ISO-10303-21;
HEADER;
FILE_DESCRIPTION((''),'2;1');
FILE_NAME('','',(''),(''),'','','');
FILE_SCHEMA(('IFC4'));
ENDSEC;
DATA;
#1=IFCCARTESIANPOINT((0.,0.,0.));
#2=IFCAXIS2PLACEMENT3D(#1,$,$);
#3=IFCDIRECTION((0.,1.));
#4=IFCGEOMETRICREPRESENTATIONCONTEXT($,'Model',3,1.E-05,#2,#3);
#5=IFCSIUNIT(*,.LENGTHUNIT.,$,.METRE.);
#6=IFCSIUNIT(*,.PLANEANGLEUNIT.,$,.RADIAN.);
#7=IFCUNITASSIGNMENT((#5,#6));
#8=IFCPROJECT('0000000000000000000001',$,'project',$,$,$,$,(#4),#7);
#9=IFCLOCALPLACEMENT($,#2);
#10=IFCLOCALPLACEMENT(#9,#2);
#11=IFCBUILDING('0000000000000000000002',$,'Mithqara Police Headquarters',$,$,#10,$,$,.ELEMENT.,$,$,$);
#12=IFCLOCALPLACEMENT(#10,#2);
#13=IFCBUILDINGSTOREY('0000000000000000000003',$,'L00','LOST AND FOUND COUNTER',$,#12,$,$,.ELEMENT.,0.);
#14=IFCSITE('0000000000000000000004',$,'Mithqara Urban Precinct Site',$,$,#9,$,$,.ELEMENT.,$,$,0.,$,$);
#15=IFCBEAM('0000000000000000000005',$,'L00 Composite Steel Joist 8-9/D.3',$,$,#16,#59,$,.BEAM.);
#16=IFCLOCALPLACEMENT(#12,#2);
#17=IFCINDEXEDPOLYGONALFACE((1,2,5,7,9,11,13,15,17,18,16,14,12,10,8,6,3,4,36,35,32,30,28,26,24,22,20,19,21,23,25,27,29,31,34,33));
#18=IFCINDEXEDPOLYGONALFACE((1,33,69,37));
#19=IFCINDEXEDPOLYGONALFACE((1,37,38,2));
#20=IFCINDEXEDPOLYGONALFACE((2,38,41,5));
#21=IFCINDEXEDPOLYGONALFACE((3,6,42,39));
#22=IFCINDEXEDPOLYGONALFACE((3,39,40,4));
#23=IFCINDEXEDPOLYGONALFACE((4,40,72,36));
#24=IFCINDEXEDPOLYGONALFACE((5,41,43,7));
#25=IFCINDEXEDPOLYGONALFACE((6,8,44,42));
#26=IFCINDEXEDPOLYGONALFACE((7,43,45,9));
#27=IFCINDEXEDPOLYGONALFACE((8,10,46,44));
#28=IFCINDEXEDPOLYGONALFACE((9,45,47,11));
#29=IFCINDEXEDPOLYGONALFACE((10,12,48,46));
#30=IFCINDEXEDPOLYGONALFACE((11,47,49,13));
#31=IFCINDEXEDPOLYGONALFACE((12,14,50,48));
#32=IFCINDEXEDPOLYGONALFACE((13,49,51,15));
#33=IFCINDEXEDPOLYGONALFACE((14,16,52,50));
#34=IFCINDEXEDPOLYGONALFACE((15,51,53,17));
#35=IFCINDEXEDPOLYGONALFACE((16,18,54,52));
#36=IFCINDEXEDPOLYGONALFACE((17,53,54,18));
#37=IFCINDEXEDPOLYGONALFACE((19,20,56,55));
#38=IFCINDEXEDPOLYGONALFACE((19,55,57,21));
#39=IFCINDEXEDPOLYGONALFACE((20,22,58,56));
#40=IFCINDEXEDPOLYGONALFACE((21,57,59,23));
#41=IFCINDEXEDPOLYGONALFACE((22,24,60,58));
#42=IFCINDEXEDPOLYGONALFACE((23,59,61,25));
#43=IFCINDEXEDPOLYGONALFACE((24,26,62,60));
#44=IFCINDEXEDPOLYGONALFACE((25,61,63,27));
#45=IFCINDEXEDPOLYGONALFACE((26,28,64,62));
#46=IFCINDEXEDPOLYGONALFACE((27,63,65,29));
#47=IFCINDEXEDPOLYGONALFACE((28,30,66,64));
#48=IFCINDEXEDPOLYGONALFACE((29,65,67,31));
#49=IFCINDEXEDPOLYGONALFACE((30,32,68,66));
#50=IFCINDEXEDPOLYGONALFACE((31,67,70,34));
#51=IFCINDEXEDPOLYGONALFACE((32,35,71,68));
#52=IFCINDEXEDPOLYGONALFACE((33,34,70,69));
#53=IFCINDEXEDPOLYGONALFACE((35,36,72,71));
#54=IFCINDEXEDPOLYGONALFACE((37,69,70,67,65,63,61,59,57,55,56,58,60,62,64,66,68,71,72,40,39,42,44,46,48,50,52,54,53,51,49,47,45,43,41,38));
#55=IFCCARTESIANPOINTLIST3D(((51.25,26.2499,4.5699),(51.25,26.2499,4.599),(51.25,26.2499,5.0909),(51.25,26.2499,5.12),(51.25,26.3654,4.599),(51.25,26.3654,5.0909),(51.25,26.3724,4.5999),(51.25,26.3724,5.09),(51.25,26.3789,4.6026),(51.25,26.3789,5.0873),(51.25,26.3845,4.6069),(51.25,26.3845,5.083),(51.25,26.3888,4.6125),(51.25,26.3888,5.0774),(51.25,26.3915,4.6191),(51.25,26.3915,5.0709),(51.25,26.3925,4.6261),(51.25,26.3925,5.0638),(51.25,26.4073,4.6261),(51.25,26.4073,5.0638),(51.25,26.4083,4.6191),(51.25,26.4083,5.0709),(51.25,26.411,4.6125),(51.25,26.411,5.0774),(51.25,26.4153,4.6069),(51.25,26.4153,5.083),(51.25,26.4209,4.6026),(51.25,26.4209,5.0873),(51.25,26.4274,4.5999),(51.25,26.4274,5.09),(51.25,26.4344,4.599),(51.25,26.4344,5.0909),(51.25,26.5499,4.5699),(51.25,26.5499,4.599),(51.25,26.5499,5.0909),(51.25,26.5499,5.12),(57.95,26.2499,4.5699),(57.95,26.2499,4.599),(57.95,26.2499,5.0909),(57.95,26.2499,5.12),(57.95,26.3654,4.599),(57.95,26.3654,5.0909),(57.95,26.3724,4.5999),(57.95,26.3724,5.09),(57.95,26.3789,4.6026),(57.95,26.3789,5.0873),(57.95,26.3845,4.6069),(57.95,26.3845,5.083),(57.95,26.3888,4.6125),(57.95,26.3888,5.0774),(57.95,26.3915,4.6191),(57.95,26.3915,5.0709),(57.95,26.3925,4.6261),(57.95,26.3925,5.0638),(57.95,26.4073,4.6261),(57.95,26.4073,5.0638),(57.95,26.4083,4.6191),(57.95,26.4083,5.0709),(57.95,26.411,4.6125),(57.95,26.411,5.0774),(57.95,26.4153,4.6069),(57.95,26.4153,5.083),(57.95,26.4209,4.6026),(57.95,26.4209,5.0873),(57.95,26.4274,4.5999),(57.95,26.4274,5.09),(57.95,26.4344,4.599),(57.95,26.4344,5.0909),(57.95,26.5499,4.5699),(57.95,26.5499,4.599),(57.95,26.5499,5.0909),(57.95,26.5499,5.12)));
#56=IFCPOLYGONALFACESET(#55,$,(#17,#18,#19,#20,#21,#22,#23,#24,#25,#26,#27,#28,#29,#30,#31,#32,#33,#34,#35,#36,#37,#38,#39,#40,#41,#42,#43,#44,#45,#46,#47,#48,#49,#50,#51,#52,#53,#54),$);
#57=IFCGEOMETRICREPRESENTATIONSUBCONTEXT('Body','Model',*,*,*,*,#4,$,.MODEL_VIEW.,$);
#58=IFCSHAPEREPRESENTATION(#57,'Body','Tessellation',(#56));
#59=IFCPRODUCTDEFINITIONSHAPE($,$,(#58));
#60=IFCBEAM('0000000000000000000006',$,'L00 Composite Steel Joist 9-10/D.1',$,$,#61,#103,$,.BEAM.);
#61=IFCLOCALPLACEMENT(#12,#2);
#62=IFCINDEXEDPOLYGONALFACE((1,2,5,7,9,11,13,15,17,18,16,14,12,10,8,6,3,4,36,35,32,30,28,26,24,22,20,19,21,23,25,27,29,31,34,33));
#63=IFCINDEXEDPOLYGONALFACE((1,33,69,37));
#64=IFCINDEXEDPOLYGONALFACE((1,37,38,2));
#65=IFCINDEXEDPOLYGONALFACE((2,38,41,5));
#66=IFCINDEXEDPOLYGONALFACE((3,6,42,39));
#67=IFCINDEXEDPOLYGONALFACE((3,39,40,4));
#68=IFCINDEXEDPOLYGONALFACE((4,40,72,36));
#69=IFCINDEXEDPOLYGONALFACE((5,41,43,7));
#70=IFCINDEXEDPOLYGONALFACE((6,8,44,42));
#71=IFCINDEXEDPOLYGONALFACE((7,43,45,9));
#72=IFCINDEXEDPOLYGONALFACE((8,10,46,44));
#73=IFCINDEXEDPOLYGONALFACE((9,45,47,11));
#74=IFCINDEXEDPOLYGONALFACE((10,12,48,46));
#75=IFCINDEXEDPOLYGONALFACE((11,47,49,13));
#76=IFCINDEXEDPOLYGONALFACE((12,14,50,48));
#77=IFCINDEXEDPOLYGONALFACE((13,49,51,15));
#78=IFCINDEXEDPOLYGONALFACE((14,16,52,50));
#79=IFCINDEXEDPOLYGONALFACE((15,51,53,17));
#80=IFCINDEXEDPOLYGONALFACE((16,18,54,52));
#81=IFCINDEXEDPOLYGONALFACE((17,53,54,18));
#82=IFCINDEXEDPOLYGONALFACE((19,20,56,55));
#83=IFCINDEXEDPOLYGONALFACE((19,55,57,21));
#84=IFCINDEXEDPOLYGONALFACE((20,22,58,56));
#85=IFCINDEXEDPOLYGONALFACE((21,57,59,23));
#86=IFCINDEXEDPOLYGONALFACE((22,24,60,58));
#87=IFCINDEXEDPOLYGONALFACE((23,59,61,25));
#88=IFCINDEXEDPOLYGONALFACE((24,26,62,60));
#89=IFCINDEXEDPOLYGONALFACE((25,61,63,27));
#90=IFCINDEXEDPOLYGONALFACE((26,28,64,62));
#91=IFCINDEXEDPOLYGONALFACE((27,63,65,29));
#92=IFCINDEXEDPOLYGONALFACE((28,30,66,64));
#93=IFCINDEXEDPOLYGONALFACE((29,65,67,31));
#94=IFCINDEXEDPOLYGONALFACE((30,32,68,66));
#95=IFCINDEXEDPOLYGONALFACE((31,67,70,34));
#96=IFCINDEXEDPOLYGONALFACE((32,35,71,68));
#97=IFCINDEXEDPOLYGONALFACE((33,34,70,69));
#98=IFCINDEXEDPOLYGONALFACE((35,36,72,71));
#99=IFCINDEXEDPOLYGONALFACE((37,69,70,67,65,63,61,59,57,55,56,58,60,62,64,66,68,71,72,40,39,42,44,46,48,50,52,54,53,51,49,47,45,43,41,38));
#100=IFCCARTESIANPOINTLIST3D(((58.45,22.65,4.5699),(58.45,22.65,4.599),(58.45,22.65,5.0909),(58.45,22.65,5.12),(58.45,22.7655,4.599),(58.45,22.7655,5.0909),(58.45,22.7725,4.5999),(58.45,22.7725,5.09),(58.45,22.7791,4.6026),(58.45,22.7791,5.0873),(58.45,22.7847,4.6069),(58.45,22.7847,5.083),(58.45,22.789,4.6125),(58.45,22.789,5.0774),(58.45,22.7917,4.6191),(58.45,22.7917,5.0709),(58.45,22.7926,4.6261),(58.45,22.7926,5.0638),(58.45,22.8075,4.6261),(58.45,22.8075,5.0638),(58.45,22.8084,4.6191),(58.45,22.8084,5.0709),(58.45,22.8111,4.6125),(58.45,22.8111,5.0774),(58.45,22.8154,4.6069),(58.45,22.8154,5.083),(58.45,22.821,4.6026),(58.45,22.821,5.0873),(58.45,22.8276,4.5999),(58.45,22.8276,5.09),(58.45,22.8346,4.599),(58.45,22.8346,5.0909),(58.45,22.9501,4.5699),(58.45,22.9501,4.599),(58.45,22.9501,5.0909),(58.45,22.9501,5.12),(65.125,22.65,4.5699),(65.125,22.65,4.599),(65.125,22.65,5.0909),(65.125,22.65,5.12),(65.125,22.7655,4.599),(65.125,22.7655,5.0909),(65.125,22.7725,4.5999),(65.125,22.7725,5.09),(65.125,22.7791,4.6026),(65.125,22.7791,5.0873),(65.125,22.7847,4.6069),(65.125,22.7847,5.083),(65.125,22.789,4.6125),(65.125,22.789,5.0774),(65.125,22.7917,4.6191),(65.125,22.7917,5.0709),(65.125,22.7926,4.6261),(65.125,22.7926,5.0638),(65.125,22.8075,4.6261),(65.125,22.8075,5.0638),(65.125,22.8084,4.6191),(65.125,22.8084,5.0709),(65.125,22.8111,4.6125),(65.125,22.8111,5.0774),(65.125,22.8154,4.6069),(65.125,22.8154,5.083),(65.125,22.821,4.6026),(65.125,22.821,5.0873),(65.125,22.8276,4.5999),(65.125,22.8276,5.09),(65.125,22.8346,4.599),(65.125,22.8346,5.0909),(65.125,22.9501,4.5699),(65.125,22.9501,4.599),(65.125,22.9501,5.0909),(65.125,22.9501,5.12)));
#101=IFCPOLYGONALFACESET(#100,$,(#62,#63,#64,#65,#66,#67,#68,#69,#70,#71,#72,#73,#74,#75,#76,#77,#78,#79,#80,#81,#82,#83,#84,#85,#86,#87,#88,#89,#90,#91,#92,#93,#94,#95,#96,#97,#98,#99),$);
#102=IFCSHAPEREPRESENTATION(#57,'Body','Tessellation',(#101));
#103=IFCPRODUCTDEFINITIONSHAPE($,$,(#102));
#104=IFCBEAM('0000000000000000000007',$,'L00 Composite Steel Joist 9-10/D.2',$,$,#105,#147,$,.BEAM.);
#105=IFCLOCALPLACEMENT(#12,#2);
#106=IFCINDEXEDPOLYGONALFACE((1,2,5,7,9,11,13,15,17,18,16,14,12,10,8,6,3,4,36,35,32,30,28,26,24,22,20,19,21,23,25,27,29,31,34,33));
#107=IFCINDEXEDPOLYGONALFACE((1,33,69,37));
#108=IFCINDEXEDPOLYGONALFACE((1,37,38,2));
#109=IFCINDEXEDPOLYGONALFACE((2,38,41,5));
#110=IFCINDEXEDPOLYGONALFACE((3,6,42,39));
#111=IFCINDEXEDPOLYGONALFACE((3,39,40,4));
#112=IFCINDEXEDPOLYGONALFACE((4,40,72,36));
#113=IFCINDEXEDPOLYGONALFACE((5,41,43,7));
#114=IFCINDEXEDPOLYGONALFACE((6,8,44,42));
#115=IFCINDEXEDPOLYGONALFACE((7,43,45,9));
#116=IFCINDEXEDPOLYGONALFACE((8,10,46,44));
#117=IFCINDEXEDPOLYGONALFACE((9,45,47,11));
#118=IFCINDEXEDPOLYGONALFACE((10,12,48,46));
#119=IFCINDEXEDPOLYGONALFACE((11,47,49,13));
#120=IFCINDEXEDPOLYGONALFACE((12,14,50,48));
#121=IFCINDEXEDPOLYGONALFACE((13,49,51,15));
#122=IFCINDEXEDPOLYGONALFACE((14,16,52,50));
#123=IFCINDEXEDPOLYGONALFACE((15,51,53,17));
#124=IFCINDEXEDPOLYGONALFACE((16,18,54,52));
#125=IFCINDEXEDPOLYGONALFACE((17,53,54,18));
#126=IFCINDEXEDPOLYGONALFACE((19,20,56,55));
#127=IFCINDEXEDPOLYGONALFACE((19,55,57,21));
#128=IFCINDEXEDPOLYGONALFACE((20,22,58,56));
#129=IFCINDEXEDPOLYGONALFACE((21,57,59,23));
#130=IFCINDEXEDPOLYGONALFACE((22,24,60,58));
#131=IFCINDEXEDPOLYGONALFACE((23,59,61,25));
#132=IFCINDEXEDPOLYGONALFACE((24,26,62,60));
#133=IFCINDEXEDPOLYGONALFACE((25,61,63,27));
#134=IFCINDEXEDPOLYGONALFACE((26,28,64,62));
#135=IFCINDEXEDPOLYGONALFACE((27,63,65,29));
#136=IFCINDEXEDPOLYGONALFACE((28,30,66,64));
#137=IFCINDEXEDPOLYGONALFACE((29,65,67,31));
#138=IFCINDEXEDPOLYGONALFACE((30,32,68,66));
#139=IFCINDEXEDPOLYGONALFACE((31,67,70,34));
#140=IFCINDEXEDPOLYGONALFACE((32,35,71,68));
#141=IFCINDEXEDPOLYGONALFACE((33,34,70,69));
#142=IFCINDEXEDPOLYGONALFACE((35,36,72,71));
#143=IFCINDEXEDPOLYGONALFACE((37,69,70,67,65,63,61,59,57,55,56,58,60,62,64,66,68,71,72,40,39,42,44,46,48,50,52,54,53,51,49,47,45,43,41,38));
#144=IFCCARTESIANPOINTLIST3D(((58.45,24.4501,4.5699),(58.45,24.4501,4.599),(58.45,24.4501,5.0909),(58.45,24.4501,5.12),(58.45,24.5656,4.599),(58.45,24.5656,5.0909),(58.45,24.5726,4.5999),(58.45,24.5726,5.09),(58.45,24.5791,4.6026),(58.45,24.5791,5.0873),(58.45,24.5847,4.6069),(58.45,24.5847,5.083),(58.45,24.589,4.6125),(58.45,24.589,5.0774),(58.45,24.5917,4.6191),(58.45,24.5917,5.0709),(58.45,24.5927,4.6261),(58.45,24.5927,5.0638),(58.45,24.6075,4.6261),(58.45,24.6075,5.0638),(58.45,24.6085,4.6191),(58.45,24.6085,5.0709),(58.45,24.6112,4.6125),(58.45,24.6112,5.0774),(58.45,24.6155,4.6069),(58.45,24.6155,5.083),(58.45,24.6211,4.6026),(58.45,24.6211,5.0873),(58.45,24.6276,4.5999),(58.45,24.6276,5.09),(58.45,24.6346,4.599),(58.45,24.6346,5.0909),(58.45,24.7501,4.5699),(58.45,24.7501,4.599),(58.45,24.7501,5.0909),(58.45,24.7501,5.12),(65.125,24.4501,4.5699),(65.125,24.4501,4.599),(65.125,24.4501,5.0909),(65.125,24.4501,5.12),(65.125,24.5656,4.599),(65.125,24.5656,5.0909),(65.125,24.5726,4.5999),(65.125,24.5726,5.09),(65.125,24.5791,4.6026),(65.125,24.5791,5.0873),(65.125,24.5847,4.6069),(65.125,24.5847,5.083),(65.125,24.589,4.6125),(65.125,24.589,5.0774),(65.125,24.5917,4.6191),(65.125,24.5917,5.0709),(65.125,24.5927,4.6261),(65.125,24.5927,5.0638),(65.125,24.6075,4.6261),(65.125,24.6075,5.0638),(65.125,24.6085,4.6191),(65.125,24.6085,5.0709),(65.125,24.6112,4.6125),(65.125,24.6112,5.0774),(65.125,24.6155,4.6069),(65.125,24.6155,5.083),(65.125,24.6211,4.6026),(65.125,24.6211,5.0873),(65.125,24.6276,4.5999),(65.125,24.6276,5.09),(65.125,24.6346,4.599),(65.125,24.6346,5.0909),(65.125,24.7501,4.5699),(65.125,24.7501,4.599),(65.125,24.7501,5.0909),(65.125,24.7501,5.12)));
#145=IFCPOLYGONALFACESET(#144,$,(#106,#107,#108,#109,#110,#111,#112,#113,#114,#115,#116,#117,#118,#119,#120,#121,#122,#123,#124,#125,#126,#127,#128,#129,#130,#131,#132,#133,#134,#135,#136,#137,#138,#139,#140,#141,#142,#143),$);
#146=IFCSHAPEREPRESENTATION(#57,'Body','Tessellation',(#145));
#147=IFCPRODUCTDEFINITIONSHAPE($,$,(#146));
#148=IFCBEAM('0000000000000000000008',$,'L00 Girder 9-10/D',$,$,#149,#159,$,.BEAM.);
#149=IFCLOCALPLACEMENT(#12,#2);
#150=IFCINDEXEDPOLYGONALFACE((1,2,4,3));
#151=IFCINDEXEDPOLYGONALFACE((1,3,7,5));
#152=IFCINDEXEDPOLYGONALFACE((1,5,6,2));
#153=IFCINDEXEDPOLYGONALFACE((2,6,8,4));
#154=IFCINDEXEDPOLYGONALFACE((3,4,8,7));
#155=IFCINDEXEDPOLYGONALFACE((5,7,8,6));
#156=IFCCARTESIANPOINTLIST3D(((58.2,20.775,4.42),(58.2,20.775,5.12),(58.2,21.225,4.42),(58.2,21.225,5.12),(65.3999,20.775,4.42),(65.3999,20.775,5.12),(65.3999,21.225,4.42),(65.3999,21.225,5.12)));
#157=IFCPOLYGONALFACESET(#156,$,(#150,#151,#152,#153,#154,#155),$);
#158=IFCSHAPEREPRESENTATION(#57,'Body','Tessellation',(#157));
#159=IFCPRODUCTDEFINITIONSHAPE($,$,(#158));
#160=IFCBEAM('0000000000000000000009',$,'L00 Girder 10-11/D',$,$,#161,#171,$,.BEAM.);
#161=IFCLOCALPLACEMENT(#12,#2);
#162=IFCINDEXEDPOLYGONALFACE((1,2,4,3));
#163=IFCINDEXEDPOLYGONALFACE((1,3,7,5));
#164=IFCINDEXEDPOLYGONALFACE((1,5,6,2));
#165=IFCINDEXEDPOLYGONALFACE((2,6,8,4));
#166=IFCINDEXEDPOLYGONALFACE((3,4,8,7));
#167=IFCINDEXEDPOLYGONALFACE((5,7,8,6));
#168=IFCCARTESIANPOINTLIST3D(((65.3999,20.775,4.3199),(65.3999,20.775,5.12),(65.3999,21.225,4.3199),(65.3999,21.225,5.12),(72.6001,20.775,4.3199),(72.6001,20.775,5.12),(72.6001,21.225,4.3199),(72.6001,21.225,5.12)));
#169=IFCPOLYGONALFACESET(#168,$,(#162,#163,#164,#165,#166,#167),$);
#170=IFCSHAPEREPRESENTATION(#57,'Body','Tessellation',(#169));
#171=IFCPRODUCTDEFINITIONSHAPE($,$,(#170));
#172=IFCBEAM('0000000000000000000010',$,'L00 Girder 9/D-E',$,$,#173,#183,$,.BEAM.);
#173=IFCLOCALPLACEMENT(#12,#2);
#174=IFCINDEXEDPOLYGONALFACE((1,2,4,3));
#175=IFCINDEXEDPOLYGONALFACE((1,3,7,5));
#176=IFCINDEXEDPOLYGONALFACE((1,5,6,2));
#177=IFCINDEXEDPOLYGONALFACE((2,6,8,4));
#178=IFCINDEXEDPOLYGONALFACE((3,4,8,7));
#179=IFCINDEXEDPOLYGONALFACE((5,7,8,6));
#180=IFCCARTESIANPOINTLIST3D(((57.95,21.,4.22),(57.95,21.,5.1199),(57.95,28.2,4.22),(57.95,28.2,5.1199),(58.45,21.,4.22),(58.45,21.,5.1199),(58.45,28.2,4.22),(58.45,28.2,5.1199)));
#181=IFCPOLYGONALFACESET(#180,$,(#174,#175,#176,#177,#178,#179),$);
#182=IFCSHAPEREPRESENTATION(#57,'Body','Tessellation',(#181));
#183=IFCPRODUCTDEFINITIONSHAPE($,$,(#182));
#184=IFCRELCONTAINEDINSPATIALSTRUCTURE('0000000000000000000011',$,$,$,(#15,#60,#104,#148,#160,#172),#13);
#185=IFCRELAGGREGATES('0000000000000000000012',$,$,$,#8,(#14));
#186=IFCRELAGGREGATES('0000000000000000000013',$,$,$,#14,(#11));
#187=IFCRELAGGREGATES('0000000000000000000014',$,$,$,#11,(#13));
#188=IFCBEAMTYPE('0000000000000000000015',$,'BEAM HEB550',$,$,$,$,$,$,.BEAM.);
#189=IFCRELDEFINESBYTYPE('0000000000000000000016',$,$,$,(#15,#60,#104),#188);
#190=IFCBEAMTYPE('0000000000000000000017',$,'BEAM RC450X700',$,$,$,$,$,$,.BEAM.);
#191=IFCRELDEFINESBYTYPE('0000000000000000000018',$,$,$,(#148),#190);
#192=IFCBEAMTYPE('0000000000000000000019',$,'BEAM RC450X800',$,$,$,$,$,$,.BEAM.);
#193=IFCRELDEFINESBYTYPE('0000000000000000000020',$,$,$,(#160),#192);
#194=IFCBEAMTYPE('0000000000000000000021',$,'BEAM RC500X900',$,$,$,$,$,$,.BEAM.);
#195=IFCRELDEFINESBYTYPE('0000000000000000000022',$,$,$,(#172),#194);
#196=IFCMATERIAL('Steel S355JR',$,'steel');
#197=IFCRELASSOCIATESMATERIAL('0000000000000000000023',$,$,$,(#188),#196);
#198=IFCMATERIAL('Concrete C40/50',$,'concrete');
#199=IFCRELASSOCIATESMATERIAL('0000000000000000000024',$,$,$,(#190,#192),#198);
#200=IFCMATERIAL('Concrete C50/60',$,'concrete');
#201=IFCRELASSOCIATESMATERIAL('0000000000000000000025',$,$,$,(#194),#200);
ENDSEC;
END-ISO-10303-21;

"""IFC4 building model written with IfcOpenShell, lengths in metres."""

from ifc_helpers import new_model, si_unit, direction, frame, origin, origin_2d, place, context, subcontext, project, spatial, rectangle, i_section, extrude, material, material_profile, profile_set, type_object, element, save


model = new_model("IFC4")

# Units and contexts
model_context = context("Model", 3, precision=1e-05, world=origin(), true_north=direction((0.0, 1.0)))
body_context = subcontext(model_context, "Body", "Model", "MODEL_VIEW")
ifc_project = project(units=[si_unit("LENGTHUNIT", "METRE"), si_unit("PLANEANGLEUNIT", "RADIAN")], contexts=[model_context])

# Site, building, storey
site_placement = place(None, origin())
site = spatial("IfcSite", under=ifc_project, at=site_placement, Name="Mithqara Urban Precinct Site", CompositionType="ELEMENT", RefElevation=0.0)
building_placement = place(site_placement, origin())
building = spatial("IfcBuilding", under=site, at=building_placement, Name="Mithqara Police Headquarters", CompositionType="ELEMENT")
storey_placement = place(building_placement, origin())
storey = spatial("IfcBuildingStorey", under=building, at=storey_placement, Name="L00", Description="LOST AND FOUND COUNTER", CompositionType="ELEMENT", Elevation=0.0)

# Shared definitions
ifc_material_1 = material(Name="Concrete C40/50", Category="concrete")

# Shared definitions
ifc_material_2 = material(Name="Concrete C50/60", Category="concrete")

# Beams
ifc_material_3 = material(Name="Steel S355JR", Category="steel")
ifc_material_profile_1 = material_profile(ifc_material_3, i_section(OverallWidth=0.3, OverallDepth=0.55, WebThickness=0.0149, FlangeThickness=0.0291, FilletRadius=0.0271, at=origin_2d()), Name="HEB 550")
ifc_profile_set_1 = profile_set([ifc_material_profile_1], Name="Steel S355JR")
beam_type_1 = type_object("IfcBeamType", Name="BEAM HEB550", PredefinedType="BEAM", material=ifc_profile_set_1)
for number, where, z_axis, x_axis, name in (
    (1, (51.25, 26.3999, 4.845), (1.0, 0.0, 0.0), (0.0, 1.0, 0.0), "L00 Composite Steel Joist 8-9/D.3"),
):
    element("IfcBeam", number, at=place(storey_placement, frame(where, z_axis=z_axis, x_axis=x_axis)), inside=storey, type_object=beam_type_1, Name=name, PredefinedType="BEAM", context=body_context, shape_type="SweptSolid", body=[
        extrude(i_section(OverallWidth=0.3, OverallDepth=0.55, WebThickness=0.0149, FlangeThickness=0.0291, FilletRadius=0.0271, at=origin_2d()), origin(), (0.0, 0.0, 1.0), 6.7),
    ])
for number, where, z_axis, x_axis, name in (
    (2, (58.45, 22.8, 4.845), (1.0, 0.0, 0.0), (0.0, 1.0, 0.0), "L00 Composite Steel Joist 9-10/D.1"),
    (3, (58.45, 24.6001, 4.845), (1.0, 0.0, 0.0), (0.0, 1.0, 0.0), "L00 Composite Steel Joist 9-10/D.2"),
):
    element("IfcBeam", number, at=place(storey_placement, frame(where, z_axis=z_axis, x_axis=x_axis)), inside=storey, type_object=beam_type_1, Name=name, PredefinedType="BEAM", context=body_context, shape_type="SweptSolid", body=[
        extrude(i_section(OverallWidth=0.3, OverallDepth=0.55, WebThickness=0.0149, FlangeThickness=0.0291, FilletRadius=0.0271, at=origin_2d()), origin(), (0.0, 0.0, 1.0), 6.675),
    ])
ifc_material_profile_2 = material_profile(ifc_material_1, rectangle(XDim=0.45, YDim=0.7, at=origin_2d()), Name="RC 450x700")
ifc_profile_set_2 = profile_set([ifc_material_profile_2], Name="Concrete C40/50")
beam_type_2 = type_object("IfcBeamType", Name="BEAM RC450X700", PredefinedType="BEAM", material=ifc_profile_set_2)
beam_1_placement = place(storey_placement, frame((58.2, 21.0, 4.77), z_axis=(1.0, 0.0, 0.0), x_axis=(0.0, 1.0, 0.0)))
element("IfcBeam", 4, at=beam_1_placement, inside=storey, type_object=beam_type_2, Name="L00 Girder 9-10/D", PredefinedType="BEAM", context=body_context, shape_type="SweptSolid", body=[
    extrude(rectangle(XDim=0.45, YDim=0.7, at=origin_2d()), origin(), (0.0, 0.0, 1.0), 7.2),
])
ifc_material_profile_3 = material_profile(ifc_material_1, rectangle(XDim=0.45, YDim=0.8, at=origin_2d()), Name="RC 450x800")
ifc_profile_set_3 = profile_set([ifc_material_profile_3], Name="Concrete C40/50")
beam_type_3 = type_object("IfcBeamType", Name="BEAM RC450X800", PredefinedType="BEAM", material=ifc_profile_set_3)
beam_2_placement = place(storey_placement, frame((65.3999, 21.0, 4.72), z_axis=(1.0, 0.0, 0.0), x_axis=(0.0, 1.0, 0.0)))
element("IfcBeam", 5, at=beam_2_placement, inside=storey, type_object=beam_type_3, Name="L00 Girder 10-11/D", PredefinedType="BEAM", context=body_context, shape_type="SweptSolid", body=[
    extrude(rectangle(XDim=0.45, YDim=0.8, at=origin_2d()), origin(), (0.0, 0.0, 1.0), 7.2002),
])
ifc_material_profile_4 = material_profile(ifc_material_2, rectangle(XDim=0.5, YDim=0.8999, at=origin_2d()), Name="RC 500x900")
ifc_profile_set_4 = profile_set([ifc_material_profile_4], Name="Concrete C50/60")
beam_type_4 = type_object("IfcBeamType", Name="BEAM RC500X900", PredefinedType="BEAM", material=ifc_profile_set_4)
beam_3_placement = place(storey_placement, frame((58.2, 21.0, 4.6699), z_axis=(0.0, 1.0, 0.0), x_axis=(-1.0, 0.0, 0.0)))
element("IfcBeam", 6, at=beam_3_placement, inside=storey, type_object=beam_type_4, Name="L00 Girder 9/D-E", PredefinedType="BEAM", context=body_context, shape_type="SweptSolid", body=[
    extrude(rectangle(XDim=0.5, YDim=0.8999, at=origin_2d()), origin(), (0.0, 0.0, 1.0), 7.2),
])

save(model, "model.ifc")
